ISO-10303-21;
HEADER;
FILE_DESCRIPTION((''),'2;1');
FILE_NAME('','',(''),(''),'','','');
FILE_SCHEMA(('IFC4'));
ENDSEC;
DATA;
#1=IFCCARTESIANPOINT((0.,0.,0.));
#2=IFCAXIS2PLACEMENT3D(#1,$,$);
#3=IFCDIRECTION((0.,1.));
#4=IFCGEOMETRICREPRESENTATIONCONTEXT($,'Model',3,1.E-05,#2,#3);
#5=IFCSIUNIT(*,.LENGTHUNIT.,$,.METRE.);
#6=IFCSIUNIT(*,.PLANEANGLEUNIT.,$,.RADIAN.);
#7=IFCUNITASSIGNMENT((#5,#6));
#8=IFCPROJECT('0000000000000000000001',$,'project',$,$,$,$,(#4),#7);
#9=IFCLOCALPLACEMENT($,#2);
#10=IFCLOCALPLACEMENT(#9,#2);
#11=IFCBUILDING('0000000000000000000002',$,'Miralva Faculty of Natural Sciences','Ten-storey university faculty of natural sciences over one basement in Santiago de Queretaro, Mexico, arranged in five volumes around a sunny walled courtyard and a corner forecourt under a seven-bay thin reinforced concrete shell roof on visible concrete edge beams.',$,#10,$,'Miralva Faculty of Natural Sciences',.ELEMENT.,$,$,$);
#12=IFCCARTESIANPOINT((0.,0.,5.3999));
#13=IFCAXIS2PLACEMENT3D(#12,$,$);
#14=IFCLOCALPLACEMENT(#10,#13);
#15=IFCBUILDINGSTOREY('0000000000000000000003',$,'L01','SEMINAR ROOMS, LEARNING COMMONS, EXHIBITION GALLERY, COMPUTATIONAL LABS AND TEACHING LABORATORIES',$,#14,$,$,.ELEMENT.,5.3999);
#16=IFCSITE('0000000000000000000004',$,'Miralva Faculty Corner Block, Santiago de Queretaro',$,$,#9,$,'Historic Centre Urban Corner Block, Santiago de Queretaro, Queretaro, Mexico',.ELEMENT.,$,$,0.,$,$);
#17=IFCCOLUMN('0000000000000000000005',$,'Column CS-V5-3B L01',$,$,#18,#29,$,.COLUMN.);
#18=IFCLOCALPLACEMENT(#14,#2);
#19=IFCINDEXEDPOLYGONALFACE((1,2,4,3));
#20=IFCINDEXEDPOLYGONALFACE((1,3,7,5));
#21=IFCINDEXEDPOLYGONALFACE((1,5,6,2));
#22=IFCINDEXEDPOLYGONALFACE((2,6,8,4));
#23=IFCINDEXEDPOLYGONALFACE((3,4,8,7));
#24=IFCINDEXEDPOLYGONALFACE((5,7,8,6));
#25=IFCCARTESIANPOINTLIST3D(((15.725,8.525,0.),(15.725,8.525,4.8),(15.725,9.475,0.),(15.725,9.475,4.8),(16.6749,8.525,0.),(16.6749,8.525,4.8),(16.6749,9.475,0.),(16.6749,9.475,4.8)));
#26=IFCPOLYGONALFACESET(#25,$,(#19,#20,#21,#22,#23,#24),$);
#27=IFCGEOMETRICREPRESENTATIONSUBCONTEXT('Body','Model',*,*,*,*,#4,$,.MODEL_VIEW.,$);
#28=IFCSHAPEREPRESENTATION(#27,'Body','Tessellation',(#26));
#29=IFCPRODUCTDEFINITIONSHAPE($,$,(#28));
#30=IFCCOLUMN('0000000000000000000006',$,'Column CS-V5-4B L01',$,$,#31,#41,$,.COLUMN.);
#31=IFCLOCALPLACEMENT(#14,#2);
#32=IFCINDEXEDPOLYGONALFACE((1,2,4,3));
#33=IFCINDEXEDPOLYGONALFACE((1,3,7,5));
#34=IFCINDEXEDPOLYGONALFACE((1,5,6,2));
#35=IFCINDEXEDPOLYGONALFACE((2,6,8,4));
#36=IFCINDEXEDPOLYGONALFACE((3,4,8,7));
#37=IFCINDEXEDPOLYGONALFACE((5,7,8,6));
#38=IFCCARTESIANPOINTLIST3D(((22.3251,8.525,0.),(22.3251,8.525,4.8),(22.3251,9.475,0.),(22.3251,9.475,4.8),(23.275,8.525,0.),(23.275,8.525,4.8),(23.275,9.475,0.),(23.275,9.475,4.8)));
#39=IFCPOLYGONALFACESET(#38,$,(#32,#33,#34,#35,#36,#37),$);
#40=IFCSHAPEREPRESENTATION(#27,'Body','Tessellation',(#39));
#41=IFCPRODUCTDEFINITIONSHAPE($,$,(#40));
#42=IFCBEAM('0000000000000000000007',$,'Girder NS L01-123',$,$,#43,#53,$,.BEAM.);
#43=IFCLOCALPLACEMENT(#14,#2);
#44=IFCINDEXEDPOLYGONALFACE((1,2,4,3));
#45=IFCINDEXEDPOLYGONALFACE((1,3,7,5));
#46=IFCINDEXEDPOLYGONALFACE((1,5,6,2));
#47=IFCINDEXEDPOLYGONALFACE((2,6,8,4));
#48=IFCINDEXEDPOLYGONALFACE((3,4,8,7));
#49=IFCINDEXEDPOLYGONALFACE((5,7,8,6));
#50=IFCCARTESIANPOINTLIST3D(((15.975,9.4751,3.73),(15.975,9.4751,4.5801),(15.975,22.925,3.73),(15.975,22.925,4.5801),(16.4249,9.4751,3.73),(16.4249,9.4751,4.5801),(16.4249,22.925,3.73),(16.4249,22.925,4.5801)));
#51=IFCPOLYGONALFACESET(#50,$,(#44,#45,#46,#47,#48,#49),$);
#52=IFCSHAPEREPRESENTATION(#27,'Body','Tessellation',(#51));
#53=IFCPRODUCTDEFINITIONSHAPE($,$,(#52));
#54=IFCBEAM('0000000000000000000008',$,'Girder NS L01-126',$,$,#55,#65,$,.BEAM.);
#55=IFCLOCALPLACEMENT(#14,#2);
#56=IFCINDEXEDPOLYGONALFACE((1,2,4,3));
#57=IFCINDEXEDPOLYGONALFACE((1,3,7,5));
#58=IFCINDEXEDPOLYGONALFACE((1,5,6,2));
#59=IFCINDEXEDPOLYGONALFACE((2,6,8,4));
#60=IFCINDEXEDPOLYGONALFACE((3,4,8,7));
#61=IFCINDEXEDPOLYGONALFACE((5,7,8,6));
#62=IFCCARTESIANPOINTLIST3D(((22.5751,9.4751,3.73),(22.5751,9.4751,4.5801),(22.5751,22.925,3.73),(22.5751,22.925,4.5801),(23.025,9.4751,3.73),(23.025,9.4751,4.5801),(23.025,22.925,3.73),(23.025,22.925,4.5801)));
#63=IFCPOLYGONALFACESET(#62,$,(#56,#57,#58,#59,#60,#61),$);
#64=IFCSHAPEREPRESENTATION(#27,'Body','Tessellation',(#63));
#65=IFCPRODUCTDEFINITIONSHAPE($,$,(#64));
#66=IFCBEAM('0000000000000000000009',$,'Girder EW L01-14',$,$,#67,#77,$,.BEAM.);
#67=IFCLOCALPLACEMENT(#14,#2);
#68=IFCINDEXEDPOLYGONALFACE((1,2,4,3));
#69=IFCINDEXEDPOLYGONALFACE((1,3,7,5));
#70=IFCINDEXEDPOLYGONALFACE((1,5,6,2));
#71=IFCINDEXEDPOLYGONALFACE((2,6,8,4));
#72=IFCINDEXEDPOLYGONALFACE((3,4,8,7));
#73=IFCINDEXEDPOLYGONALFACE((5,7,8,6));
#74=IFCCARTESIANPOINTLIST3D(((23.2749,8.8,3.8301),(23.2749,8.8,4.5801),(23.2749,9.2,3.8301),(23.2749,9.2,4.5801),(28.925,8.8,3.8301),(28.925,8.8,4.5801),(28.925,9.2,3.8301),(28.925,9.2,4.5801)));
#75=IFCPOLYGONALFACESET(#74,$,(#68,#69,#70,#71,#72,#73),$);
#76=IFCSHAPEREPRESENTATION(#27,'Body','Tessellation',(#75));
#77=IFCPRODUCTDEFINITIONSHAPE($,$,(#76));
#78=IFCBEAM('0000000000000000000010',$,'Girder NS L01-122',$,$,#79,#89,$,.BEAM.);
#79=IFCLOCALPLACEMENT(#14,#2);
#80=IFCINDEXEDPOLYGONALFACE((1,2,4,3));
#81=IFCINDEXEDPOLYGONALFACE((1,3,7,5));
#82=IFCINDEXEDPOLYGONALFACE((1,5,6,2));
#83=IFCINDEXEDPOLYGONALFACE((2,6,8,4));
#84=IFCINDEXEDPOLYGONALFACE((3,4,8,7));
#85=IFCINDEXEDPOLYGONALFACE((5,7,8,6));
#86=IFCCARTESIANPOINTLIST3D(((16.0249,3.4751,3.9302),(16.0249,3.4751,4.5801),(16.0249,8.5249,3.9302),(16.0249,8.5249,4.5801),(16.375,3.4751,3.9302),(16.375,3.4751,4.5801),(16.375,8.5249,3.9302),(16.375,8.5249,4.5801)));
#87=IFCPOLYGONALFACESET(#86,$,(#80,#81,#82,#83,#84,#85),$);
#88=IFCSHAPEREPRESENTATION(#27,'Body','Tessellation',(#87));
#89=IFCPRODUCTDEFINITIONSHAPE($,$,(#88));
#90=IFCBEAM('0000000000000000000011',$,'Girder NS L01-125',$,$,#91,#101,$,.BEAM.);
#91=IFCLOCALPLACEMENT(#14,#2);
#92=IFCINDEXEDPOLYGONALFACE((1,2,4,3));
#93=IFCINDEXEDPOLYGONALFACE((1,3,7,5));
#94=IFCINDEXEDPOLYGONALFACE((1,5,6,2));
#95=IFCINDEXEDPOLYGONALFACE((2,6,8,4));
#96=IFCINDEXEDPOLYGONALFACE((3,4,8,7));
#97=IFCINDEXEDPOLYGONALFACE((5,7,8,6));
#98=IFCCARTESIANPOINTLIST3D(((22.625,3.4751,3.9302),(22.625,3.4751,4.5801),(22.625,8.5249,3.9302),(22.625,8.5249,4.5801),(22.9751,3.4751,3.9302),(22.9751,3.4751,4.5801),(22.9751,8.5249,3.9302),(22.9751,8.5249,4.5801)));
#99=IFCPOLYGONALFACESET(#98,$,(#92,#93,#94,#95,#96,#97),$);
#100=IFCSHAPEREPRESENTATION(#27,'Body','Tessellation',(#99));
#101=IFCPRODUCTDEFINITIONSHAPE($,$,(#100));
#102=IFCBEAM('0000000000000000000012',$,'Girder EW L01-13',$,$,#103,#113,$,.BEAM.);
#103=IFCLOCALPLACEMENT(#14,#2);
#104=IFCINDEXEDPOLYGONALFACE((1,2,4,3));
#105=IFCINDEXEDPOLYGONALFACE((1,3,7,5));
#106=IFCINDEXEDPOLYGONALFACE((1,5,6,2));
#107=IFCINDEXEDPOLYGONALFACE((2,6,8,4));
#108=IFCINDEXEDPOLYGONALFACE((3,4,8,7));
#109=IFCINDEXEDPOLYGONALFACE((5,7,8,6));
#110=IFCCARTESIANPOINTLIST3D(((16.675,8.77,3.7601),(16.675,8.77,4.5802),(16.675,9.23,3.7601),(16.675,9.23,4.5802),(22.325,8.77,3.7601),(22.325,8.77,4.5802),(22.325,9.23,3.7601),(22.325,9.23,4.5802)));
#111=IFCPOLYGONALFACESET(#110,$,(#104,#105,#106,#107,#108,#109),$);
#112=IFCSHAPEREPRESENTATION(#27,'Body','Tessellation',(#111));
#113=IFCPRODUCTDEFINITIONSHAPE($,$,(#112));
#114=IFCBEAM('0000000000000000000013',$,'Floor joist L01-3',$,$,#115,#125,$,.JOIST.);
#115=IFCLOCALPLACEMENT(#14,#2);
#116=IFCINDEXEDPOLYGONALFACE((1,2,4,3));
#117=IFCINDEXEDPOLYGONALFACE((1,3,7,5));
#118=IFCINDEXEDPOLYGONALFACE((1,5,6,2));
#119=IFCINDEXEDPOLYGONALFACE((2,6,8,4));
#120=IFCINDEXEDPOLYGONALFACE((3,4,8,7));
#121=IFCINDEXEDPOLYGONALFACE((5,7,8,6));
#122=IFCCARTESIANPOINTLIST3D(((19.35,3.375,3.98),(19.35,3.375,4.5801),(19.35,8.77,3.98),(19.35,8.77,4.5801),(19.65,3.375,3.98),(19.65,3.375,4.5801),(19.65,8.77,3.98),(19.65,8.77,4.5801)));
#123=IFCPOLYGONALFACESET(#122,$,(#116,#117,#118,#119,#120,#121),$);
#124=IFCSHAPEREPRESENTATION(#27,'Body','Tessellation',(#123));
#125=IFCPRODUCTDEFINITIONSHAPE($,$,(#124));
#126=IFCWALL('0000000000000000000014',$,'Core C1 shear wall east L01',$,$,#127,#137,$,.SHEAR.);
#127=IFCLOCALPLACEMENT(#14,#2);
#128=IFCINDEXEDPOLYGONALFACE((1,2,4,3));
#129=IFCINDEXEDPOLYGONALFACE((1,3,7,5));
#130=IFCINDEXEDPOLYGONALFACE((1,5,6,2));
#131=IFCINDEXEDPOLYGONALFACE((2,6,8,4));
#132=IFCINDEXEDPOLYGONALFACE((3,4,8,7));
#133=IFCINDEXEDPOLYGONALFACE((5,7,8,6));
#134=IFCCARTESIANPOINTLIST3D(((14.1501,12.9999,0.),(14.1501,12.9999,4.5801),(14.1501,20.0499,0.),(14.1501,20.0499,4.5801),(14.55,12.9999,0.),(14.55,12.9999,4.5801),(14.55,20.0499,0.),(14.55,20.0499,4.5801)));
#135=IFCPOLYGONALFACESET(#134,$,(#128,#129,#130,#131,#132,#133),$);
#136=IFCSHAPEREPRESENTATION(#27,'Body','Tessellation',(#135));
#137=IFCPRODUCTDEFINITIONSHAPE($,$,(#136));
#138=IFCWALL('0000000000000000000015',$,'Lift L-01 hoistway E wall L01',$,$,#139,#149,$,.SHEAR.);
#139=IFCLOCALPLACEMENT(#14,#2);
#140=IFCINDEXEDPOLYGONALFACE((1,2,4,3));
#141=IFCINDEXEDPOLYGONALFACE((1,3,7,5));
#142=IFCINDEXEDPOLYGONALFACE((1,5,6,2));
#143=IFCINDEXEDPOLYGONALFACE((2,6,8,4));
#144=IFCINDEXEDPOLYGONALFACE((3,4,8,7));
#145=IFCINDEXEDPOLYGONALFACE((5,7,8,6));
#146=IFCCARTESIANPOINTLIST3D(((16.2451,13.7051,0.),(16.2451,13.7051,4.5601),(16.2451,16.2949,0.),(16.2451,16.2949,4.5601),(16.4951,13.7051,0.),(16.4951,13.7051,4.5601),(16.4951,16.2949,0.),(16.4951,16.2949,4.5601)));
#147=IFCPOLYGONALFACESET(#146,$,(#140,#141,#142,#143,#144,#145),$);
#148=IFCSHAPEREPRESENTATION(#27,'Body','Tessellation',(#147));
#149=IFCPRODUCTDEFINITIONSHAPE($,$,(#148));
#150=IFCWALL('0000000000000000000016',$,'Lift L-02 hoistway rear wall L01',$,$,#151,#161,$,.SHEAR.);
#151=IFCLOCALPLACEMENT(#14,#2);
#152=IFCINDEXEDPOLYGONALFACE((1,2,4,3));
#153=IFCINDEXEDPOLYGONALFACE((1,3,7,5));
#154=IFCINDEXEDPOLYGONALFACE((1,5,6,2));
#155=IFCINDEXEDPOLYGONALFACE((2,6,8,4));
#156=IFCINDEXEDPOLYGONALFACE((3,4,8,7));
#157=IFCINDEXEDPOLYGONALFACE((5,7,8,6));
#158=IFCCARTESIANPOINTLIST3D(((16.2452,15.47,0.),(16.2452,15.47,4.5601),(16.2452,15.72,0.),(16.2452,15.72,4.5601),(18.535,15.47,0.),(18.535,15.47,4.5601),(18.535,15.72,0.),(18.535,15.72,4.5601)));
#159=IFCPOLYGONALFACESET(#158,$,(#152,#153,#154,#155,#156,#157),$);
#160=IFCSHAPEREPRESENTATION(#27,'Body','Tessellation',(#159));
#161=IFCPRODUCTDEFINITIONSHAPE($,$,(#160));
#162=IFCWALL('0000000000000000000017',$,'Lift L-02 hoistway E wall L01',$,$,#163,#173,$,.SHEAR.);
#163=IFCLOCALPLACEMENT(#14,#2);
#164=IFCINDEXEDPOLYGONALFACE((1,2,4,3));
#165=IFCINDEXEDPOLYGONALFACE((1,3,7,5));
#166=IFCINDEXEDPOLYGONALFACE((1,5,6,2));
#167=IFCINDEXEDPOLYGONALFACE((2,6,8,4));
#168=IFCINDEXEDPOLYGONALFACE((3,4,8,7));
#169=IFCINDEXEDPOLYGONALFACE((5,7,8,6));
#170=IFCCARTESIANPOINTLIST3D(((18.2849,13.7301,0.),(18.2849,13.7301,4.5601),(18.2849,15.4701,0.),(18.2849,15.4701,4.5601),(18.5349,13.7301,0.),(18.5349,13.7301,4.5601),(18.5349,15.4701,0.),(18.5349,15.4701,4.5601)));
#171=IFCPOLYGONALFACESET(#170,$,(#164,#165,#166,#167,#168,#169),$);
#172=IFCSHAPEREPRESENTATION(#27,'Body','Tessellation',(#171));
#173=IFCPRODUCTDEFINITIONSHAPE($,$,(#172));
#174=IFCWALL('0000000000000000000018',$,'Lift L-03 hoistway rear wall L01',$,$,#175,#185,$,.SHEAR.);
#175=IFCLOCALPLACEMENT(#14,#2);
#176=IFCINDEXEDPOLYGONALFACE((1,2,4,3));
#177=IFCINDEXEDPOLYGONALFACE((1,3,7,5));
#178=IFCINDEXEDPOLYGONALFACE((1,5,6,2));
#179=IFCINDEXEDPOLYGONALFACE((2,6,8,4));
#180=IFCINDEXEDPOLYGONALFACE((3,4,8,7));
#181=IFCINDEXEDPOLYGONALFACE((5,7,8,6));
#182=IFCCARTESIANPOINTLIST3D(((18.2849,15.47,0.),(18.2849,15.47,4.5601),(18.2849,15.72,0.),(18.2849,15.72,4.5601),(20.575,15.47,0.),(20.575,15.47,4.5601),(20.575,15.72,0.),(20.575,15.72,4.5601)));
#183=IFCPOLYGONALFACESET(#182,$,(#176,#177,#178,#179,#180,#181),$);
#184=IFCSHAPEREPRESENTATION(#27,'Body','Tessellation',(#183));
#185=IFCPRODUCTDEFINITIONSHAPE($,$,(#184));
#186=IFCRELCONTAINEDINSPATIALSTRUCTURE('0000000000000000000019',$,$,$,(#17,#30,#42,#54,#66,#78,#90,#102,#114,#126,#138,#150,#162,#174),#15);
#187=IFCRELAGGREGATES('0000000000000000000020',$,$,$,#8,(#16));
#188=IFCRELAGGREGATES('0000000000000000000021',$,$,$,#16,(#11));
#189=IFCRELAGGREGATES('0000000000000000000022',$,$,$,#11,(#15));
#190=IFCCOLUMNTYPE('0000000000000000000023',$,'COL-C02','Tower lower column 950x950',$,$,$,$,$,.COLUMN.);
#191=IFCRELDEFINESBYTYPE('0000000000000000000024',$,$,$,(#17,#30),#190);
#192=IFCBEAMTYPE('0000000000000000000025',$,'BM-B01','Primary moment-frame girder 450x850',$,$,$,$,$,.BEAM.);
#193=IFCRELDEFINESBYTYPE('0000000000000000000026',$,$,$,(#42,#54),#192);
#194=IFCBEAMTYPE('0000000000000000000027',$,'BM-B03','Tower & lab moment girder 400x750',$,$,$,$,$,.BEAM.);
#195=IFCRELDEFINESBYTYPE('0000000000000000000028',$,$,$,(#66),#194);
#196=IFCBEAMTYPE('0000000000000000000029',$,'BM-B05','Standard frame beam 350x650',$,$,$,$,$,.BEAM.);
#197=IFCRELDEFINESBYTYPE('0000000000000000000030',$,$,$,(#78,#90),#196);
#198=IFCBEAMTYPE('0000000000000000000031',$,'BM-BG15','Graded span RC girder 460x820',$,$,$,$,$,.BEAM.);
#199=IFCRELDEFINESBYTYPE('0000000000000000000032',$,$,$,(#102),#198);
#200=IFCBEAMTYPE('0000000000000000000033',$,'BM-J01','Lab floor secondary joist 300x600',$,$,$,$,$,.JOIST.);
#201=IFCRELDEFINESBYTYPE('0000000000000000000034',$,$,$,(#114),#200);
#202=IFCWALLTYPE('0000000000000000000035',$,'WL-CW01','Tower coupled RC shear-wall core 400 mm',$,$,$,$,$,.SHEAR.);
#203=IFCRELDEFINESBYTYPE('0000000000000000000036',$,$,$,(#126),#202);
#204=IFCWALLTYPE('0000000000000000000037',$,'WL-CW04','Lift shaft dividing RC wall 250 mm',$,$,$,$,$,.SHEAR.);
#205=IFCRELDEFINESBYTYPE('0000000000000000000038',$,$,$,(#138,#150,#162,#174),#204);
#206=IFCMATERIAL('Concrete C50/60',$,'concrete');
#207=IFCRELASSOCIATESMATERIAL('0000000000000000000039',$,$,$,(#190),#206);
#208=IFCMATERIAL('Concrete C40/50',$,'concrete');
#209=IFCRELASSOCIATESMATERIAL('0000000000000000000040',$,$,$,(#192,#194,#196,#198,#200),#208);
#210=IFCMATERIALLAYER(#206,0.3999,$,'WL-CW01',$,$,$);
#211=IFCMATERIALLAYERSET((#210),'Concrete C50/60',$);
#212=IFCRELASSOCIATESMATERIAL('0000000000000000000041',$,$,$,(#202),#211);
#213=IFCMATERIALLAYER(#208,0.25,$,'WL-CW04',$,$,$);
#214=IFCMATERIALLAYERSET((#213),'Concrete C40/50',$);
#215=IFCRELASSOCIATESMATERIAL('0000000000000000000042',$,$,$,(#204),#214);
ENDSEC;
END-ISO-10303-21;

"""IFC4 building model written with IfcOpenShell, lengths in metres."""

from ifc_helpers import new_model, si_unit, direction, frame, frame_2d, origin, origin_2d, place, context, subcontext, project, spatial, rectangle, extrude, material, layer, layer_set, material_profile, profile_set, type_object, element, save


model = new_model("IFC4")

# Units and contexts
model_context = context("Model", 3, precision=1e-05, world=origin(), true_north=direction((0.0, 1.0)))
body_context = subcontext(model_context, "Body", "Model", "MODEL_VIEW")
ifc_project = project(units=[si_unit("LENGTHUNIT", "METRE"), si_unit("PLANEANGLEUNIT", "RADIAN")], contexts=[model_context])

# Site, building, storey
site_placement = place(None, origin())
site = spatial("IfcSite", under=ifc_project, at=site_placement, Name="Miralva Faculty Corner Block, Santiago de Queretaro", LongName="Historic Centre Urban Corner Block, Santiago de Queretaro, Queretaro, Mexico", CompositionType="ELEMENT", RefElevation=0.0)
building_placement = place(site_placement, origin())
building = spatial("IfcBuilding", under=site, at=building_placement, Name="Miralva Faculty of Natural Sciences", Description="Ten-storey university faculty of natural sciences over one basement in Santiago de Queretaro, Mexico, arranged in five volumes around a sunny walled courtyard and a corner forecourt under a seven-bay thin reinforced concrete shell roof on visible concrete edge beams.", LongName="Miralva Faculty of Natural Sciences", CompositionType="ELEMENT")
storey_placement = place(building_placement, frame((0.0, 0.0, 5.3999)))
storey = spatial("IfcBuildingStorey", under=building, at=storey_placement, Name="L01", Description="SEMINAR ROOMS, LEARNING COMMONS, EXHIBITION GALLERY, COMPUTATIONAL LABS AND TEACHING LABORATORIES", CompositionType="ELEMENT", Elevation=5.3999)

# Columns
ifc_material_1 = material(Name="Concrete C50/60", Category="concrete")
ifc_material_profile_1 = material_profile(ifc_material_1, rectangle(XDim=0.95, YDim=0.95, at=origin_2d()), Name="RC 950x950")
ifc_profile_set_1 = profile_set([ifc_material_profile_1], Name="Concrete C50/60")
column_type = type_object("IfcColumnType", Name="COL-C02", Description="Tower lower column 950x950", PredefinedType="COLUMN", material=ifc_profile_set_1)
for number, where, z_axis, x_axis, name in (
    (1, (16.2, 9.0, 0.0), (0.0, 0.0, 1.0), (1.0, 0.0, 0.0), "Column CS-V5-3B L01"),
    (2, (22.8, 9.0, 0.0), (0.0, 0.0, 1.0), (1.0, 0.0, 0.0), "Column CS-V5-4B L01"),
):
    element("IfcColumn", number, at=place(storey_placement, frame(where, z_axis=z_axis, x_axis=x_axis)), inside=storey, type_object=column_type, Name=name, PredefinedType="COLUMN", context=body_context, shape_type="SweptSolid", body=[
        extrude(rectangle(XDim=0.95, YDim=0.95, at=origin_2d()), origin(), (0.0, 0.0, 1.0), 4.8),
    ])

# Beams
ifc_material_2 = material(Name="Concrete C40/50", Category="concrete")
ifc_material_profile_2 = material_profile(ifc_material_2, rectangle(XDim=0.45, YDim=0.8501, at=origin_2d()), Name="RC 450x850")
ifc_profile_set_2 = profile_set([ifc_material_profile_2], Name="Concrete C40/50")
beam_type_1 = type_object("IfcBeamType", Name="BM-B01", Description="Primary moment-frame girder 450x850", PredefinedType="BEAM", material=ifc_profile_set_2)
for number, where, z_axis, x_axis, name in (
    (3, (16.2, 9.4751, 4.155), (0.0, 1.0, 0.0), (-1.0, 0.0, 0.0), "Girder NS L01-123"),
    (4, (22.8, 9.4751, 4.155), (0.0, 1.0, 0.0), (-1.0, 0.0, 0.0), "Girder NS L01-126"),
):
    element("IfcBeam", number, at=place(storey_placement, frame(where, z_axis=z_axis, x_axis=x_axis)), inside=storey, type_object=beam_type_1, Name=name, PredefinedType="BEAM", context=body_context, shape_type="SweptSolid", body=[
        extrude(rectangle(XDim=0.45, YDim=0.8501, at=origin_2d()), origin(), (0.0, 0.0, 1.0), 13.45),
    ])
ifc_material_profile_3 = material_profile(ifc_material_2, rectangle(XDim=0.3999, YDim=0.75, at=origin_2d()), Name="RC 400x750")
ifc_profile_set_3 = profile_set([ifc_material_profile_3], Name="Concrete C40/50")
beam_type_2 = type_object("IfcBeamType", Name="BM-B03", Description="Tower & lab moment girder 400x750", PredefinedType="BEAM", material=ifc_profile_set_3)
beam_1_placement = place(storey_placement, frame((23.2749, 9.0, 4.2051), z_axis=(1.0, 0.0, 0.0), x_axis=(0.0, 1.0, 0.0)))
element("IfcBeam", 5, at=beam_1_placement, inside=storey, type_object=beam_type_2, Name="Girder EW L01-14", PredefinedType="BEAM", context=body_context, shape_type="SweptSolid", body=[
    extrude(rectangle(XDim=0.3999, YDim=0.75, at=origin_2d()), origin(), (0.0, 0.0, 1.0), 5.6501),
])
ifc_material_profile_4 = material_profile(ifc_material_2, rectangle(XDim=0.3501, YDim=0.6499, at=origin_2d()), Name="RC 350x650")
ifc_profile_set_4 = profile_set([ifc_material_profile_4], Name="Concrete C40/50")
beam_type_3 = type_object("IfcBeamType", Name="BM-B05", Description="Standard frame beam 350x650", PredefinedType="BEAM", material=ifc_profile_set_4)
for number, where, z_axis, x_axis, name in (
    (6, (16.2, 3.4751, 4.2551), (0.0, 1.0, 0.0), (-1.0, 0.0, 0.0), "Girder NS L01-122"),
    (7, (22.8, 3.4751, 4.2551), (0.0, 1.0, 0.0), (-1.0, 0.0, 0.0), "Girder NS L01-125"),
):
    element("IfcBeam", number, at=place(storey_placement, frame(where, z_axis=z_axis, x_axis=x_axis)), inside=storey, type_object=beam_type_3, Name=name, PredefinedType="BEAM", context=body_context, shape_type="SweptSolid", body=[
        extrude(rectangle(XDim=0.3501, YDim=0.6499, at=origin_2d()), origin(), (0.0, 0.0, 1.0), 5.0498),
    ])
ifc_material_profile_5 = material_profile(ifc_material_2, rectangle(XDim=0.46, YDim=0.8201, at=origin_2d()), Name="RC 460x820")
ifc_profile_set_5 = profile_set([ifc_material_profile_5], Name="Concrete C40/50")
beam_type_4 = type_object("IfcBeamType", Name="BM-BG15", Description="Graded span RC girder 460x820", PredefinedType="BEAM", material=ifc_profile_set_5)
beam_2_placement = place(storey_placement, frame((16.675, 9.0, 4.1702), z_axis=(1.0, 0.0, 0.0), x_axis=(0.0, 1.0, 0.0)))
element("IfcBeam", 8, at=beam_2_placement, inside=storey, type_object=beam_type_4, Name="Girder EW L01-13", PredefinedType="BEAM", context=body_context, shape_type="SweptSolid", body=[
    extrude(rectangle(XDim=0.46, YDim=0.8201, at=origin_2d()), origin(), (0.0, 0.0, 1.0), 5.6499),
])
ifc_material_profile_6 = material_profile(ifc_material_2, rectangle(XDim=0.3, YDim=0.6001, at=origin_2d()), Name="RC 300x600")
ifc_profile_set_6 = profile_set([ifc_material_profile_6], Name="Concrete C40/50")
beam_type_5 = type_object("IfcBeamType", Name="BM-J01", Description="Lab floor secondary joist 300x600", PredefinedType="JOIST", material=ifc_profile_set_6)
beam_3_placement = place(storey_placement, frame((19.5, 3.375, 4.28), z_axis=(0.0, 1.0, 0.0), x_axis=(-1.0, 0.0, 0.0)))
element("IfcBeam", 9, at=beam_3_placement, inside=storey, type_object=beam_type_5, Name="Floor joist L01-3", PredefinedType="JOIST", context=body_context, shape_type="SweptSolid", body=[
    extrude(rectangle(XDim=0.3, YDim=0.6001, at=origin_2d()), origin(), (0.0, 0.0, 1.0), 5.395),
])

# Walls
ifc_layer_1 = layer(ifc_material_1, 0.3999, Name="WL-CW01")
ifc_layer_set_1 = layer_set([ifc_layer_1], Name="Concrete C50/60")
wall_type_1 = type_object("IfcWallType", Name="WL-CW01", Description="Tower coupled RC shear-wall core 400 mm", PredefinedType="SHEAR", material=ifc_layer_set_1)
wall_1_placement = place(storey_placement, frame((14.3501, 13.0, 0.0), z_axis=(0.0, 0.0, 1.0), x_axis=(0.0, 1.0, 0.0)))
element("IfcWall", 10, at=wall_1_placement, inside=storey, type_object=wall_type_1, Name="Core C1 shear wall east L01", PredefinedType="SHEAR", context=body_context, shape_type="SweptSolid", body=[
    extrude(rectangle(XDim=7.05, YDim=0.3999, at=frame_2d((3.5249, 0.0))), origin(), (0.0, 0.0, 1.0), 4.5801),
])
ifc_layer_2 = layer(ifc_material_2, 0.25, Name="WL-CW04")
ifc_layer_set_2 = layer_set([ifc_layer_2], Name="Concrete C40/50")
wall_type_2 = type_object("IfcWallType", Name="WL-CW04", Description="Lift shaft dividing RC wall 250 mm", PredefinedType="SHEAR", material=ifc_layer_set_2)
wall_2_placement = place(storey_placement, frame((16.3701, 13.7051, 0.0), z_axis=(0.0, 0.0, 1.0), x_axis=(0.0, 1.0, 0.0)))
element("IfcWall", 11, at=wall_2_placement, inside=storey, type_object=wall_type_2, Name="Lift L-01 hoistway E wall L01", PredefinedType="SHEAR", context=body_context, shape_type="SweptSolid", body=[
    extrude(rectangle(XDim=2.5898, YDim=0.25, at=frame_2d((1.2949, 0.0))), origin(), (0.0, 0.0, 1.0), 4.5601),
])

# Walls
wall_3_placement = place(storey_placement, frame((16.2451, 15.595, 0.0), z_axis=(0.0, 0.0, 1.0), x_axis=(1.0, 0.0, 0.0)))
element("IfcWall", 12, at=wall_3_placement, inside=storey, type_object=wall_type_2, Name="Lift L-02 hoistway rear wall L01", PredefinedType="SHEAR", context=body_context, shape_type="SweptSolid", body=[
    extrude(rectangle(XDim=2.2898, YDim=0.25, at=frame_2d((1.145, 0.0))), origin(), (0.0, 0.0, 1.0), 4.5601),
])
wall_4_placement = place(storey_placement, frame((18.4099, 13.73, 0.0), z_axis=(0.0, 0.0, 1.0), x_axis=(0.0, 1.0, 0.0)))
element("IfcWall", 13, at=wall_4_placement, inside=storey, type_object=wall_type_2, Name="Lift L-02 hoistway E wall L01", PredefinedType="SHEAR", context=body_context, shape_type="SweptSolid", body=[
    extrude(rectangle(XDim=1.74, YDim=0.25, at=frame_2d((0.8701, 0.0))), origin(), (0.0, 0.0, 1.0), 4.5601),
])

# Wall
wall_5_placement = place(storey_placement, frame((18.2849, 15.595, 0.0), z_axis=(0.0, 0.0, 1.0), x_axis=(1.0, 0.0, 0.0)))
element("IfcWall", 14, at=wall_5_placement, inside=storey, type_object=wall_type_2, Name="Lift L-03 hoistway rear wall L01", PredefinedType="SHEAR", context=body_context, shape_type="SweptSolid", body=[
    extrude(rectangle(XDim=2.29, YDim=0.25, at=frame_2d((1.145, 0.0))), origin(), (0.0, 0.0, 1.0), 4.5601),
])

save(model, "model.ifc")
